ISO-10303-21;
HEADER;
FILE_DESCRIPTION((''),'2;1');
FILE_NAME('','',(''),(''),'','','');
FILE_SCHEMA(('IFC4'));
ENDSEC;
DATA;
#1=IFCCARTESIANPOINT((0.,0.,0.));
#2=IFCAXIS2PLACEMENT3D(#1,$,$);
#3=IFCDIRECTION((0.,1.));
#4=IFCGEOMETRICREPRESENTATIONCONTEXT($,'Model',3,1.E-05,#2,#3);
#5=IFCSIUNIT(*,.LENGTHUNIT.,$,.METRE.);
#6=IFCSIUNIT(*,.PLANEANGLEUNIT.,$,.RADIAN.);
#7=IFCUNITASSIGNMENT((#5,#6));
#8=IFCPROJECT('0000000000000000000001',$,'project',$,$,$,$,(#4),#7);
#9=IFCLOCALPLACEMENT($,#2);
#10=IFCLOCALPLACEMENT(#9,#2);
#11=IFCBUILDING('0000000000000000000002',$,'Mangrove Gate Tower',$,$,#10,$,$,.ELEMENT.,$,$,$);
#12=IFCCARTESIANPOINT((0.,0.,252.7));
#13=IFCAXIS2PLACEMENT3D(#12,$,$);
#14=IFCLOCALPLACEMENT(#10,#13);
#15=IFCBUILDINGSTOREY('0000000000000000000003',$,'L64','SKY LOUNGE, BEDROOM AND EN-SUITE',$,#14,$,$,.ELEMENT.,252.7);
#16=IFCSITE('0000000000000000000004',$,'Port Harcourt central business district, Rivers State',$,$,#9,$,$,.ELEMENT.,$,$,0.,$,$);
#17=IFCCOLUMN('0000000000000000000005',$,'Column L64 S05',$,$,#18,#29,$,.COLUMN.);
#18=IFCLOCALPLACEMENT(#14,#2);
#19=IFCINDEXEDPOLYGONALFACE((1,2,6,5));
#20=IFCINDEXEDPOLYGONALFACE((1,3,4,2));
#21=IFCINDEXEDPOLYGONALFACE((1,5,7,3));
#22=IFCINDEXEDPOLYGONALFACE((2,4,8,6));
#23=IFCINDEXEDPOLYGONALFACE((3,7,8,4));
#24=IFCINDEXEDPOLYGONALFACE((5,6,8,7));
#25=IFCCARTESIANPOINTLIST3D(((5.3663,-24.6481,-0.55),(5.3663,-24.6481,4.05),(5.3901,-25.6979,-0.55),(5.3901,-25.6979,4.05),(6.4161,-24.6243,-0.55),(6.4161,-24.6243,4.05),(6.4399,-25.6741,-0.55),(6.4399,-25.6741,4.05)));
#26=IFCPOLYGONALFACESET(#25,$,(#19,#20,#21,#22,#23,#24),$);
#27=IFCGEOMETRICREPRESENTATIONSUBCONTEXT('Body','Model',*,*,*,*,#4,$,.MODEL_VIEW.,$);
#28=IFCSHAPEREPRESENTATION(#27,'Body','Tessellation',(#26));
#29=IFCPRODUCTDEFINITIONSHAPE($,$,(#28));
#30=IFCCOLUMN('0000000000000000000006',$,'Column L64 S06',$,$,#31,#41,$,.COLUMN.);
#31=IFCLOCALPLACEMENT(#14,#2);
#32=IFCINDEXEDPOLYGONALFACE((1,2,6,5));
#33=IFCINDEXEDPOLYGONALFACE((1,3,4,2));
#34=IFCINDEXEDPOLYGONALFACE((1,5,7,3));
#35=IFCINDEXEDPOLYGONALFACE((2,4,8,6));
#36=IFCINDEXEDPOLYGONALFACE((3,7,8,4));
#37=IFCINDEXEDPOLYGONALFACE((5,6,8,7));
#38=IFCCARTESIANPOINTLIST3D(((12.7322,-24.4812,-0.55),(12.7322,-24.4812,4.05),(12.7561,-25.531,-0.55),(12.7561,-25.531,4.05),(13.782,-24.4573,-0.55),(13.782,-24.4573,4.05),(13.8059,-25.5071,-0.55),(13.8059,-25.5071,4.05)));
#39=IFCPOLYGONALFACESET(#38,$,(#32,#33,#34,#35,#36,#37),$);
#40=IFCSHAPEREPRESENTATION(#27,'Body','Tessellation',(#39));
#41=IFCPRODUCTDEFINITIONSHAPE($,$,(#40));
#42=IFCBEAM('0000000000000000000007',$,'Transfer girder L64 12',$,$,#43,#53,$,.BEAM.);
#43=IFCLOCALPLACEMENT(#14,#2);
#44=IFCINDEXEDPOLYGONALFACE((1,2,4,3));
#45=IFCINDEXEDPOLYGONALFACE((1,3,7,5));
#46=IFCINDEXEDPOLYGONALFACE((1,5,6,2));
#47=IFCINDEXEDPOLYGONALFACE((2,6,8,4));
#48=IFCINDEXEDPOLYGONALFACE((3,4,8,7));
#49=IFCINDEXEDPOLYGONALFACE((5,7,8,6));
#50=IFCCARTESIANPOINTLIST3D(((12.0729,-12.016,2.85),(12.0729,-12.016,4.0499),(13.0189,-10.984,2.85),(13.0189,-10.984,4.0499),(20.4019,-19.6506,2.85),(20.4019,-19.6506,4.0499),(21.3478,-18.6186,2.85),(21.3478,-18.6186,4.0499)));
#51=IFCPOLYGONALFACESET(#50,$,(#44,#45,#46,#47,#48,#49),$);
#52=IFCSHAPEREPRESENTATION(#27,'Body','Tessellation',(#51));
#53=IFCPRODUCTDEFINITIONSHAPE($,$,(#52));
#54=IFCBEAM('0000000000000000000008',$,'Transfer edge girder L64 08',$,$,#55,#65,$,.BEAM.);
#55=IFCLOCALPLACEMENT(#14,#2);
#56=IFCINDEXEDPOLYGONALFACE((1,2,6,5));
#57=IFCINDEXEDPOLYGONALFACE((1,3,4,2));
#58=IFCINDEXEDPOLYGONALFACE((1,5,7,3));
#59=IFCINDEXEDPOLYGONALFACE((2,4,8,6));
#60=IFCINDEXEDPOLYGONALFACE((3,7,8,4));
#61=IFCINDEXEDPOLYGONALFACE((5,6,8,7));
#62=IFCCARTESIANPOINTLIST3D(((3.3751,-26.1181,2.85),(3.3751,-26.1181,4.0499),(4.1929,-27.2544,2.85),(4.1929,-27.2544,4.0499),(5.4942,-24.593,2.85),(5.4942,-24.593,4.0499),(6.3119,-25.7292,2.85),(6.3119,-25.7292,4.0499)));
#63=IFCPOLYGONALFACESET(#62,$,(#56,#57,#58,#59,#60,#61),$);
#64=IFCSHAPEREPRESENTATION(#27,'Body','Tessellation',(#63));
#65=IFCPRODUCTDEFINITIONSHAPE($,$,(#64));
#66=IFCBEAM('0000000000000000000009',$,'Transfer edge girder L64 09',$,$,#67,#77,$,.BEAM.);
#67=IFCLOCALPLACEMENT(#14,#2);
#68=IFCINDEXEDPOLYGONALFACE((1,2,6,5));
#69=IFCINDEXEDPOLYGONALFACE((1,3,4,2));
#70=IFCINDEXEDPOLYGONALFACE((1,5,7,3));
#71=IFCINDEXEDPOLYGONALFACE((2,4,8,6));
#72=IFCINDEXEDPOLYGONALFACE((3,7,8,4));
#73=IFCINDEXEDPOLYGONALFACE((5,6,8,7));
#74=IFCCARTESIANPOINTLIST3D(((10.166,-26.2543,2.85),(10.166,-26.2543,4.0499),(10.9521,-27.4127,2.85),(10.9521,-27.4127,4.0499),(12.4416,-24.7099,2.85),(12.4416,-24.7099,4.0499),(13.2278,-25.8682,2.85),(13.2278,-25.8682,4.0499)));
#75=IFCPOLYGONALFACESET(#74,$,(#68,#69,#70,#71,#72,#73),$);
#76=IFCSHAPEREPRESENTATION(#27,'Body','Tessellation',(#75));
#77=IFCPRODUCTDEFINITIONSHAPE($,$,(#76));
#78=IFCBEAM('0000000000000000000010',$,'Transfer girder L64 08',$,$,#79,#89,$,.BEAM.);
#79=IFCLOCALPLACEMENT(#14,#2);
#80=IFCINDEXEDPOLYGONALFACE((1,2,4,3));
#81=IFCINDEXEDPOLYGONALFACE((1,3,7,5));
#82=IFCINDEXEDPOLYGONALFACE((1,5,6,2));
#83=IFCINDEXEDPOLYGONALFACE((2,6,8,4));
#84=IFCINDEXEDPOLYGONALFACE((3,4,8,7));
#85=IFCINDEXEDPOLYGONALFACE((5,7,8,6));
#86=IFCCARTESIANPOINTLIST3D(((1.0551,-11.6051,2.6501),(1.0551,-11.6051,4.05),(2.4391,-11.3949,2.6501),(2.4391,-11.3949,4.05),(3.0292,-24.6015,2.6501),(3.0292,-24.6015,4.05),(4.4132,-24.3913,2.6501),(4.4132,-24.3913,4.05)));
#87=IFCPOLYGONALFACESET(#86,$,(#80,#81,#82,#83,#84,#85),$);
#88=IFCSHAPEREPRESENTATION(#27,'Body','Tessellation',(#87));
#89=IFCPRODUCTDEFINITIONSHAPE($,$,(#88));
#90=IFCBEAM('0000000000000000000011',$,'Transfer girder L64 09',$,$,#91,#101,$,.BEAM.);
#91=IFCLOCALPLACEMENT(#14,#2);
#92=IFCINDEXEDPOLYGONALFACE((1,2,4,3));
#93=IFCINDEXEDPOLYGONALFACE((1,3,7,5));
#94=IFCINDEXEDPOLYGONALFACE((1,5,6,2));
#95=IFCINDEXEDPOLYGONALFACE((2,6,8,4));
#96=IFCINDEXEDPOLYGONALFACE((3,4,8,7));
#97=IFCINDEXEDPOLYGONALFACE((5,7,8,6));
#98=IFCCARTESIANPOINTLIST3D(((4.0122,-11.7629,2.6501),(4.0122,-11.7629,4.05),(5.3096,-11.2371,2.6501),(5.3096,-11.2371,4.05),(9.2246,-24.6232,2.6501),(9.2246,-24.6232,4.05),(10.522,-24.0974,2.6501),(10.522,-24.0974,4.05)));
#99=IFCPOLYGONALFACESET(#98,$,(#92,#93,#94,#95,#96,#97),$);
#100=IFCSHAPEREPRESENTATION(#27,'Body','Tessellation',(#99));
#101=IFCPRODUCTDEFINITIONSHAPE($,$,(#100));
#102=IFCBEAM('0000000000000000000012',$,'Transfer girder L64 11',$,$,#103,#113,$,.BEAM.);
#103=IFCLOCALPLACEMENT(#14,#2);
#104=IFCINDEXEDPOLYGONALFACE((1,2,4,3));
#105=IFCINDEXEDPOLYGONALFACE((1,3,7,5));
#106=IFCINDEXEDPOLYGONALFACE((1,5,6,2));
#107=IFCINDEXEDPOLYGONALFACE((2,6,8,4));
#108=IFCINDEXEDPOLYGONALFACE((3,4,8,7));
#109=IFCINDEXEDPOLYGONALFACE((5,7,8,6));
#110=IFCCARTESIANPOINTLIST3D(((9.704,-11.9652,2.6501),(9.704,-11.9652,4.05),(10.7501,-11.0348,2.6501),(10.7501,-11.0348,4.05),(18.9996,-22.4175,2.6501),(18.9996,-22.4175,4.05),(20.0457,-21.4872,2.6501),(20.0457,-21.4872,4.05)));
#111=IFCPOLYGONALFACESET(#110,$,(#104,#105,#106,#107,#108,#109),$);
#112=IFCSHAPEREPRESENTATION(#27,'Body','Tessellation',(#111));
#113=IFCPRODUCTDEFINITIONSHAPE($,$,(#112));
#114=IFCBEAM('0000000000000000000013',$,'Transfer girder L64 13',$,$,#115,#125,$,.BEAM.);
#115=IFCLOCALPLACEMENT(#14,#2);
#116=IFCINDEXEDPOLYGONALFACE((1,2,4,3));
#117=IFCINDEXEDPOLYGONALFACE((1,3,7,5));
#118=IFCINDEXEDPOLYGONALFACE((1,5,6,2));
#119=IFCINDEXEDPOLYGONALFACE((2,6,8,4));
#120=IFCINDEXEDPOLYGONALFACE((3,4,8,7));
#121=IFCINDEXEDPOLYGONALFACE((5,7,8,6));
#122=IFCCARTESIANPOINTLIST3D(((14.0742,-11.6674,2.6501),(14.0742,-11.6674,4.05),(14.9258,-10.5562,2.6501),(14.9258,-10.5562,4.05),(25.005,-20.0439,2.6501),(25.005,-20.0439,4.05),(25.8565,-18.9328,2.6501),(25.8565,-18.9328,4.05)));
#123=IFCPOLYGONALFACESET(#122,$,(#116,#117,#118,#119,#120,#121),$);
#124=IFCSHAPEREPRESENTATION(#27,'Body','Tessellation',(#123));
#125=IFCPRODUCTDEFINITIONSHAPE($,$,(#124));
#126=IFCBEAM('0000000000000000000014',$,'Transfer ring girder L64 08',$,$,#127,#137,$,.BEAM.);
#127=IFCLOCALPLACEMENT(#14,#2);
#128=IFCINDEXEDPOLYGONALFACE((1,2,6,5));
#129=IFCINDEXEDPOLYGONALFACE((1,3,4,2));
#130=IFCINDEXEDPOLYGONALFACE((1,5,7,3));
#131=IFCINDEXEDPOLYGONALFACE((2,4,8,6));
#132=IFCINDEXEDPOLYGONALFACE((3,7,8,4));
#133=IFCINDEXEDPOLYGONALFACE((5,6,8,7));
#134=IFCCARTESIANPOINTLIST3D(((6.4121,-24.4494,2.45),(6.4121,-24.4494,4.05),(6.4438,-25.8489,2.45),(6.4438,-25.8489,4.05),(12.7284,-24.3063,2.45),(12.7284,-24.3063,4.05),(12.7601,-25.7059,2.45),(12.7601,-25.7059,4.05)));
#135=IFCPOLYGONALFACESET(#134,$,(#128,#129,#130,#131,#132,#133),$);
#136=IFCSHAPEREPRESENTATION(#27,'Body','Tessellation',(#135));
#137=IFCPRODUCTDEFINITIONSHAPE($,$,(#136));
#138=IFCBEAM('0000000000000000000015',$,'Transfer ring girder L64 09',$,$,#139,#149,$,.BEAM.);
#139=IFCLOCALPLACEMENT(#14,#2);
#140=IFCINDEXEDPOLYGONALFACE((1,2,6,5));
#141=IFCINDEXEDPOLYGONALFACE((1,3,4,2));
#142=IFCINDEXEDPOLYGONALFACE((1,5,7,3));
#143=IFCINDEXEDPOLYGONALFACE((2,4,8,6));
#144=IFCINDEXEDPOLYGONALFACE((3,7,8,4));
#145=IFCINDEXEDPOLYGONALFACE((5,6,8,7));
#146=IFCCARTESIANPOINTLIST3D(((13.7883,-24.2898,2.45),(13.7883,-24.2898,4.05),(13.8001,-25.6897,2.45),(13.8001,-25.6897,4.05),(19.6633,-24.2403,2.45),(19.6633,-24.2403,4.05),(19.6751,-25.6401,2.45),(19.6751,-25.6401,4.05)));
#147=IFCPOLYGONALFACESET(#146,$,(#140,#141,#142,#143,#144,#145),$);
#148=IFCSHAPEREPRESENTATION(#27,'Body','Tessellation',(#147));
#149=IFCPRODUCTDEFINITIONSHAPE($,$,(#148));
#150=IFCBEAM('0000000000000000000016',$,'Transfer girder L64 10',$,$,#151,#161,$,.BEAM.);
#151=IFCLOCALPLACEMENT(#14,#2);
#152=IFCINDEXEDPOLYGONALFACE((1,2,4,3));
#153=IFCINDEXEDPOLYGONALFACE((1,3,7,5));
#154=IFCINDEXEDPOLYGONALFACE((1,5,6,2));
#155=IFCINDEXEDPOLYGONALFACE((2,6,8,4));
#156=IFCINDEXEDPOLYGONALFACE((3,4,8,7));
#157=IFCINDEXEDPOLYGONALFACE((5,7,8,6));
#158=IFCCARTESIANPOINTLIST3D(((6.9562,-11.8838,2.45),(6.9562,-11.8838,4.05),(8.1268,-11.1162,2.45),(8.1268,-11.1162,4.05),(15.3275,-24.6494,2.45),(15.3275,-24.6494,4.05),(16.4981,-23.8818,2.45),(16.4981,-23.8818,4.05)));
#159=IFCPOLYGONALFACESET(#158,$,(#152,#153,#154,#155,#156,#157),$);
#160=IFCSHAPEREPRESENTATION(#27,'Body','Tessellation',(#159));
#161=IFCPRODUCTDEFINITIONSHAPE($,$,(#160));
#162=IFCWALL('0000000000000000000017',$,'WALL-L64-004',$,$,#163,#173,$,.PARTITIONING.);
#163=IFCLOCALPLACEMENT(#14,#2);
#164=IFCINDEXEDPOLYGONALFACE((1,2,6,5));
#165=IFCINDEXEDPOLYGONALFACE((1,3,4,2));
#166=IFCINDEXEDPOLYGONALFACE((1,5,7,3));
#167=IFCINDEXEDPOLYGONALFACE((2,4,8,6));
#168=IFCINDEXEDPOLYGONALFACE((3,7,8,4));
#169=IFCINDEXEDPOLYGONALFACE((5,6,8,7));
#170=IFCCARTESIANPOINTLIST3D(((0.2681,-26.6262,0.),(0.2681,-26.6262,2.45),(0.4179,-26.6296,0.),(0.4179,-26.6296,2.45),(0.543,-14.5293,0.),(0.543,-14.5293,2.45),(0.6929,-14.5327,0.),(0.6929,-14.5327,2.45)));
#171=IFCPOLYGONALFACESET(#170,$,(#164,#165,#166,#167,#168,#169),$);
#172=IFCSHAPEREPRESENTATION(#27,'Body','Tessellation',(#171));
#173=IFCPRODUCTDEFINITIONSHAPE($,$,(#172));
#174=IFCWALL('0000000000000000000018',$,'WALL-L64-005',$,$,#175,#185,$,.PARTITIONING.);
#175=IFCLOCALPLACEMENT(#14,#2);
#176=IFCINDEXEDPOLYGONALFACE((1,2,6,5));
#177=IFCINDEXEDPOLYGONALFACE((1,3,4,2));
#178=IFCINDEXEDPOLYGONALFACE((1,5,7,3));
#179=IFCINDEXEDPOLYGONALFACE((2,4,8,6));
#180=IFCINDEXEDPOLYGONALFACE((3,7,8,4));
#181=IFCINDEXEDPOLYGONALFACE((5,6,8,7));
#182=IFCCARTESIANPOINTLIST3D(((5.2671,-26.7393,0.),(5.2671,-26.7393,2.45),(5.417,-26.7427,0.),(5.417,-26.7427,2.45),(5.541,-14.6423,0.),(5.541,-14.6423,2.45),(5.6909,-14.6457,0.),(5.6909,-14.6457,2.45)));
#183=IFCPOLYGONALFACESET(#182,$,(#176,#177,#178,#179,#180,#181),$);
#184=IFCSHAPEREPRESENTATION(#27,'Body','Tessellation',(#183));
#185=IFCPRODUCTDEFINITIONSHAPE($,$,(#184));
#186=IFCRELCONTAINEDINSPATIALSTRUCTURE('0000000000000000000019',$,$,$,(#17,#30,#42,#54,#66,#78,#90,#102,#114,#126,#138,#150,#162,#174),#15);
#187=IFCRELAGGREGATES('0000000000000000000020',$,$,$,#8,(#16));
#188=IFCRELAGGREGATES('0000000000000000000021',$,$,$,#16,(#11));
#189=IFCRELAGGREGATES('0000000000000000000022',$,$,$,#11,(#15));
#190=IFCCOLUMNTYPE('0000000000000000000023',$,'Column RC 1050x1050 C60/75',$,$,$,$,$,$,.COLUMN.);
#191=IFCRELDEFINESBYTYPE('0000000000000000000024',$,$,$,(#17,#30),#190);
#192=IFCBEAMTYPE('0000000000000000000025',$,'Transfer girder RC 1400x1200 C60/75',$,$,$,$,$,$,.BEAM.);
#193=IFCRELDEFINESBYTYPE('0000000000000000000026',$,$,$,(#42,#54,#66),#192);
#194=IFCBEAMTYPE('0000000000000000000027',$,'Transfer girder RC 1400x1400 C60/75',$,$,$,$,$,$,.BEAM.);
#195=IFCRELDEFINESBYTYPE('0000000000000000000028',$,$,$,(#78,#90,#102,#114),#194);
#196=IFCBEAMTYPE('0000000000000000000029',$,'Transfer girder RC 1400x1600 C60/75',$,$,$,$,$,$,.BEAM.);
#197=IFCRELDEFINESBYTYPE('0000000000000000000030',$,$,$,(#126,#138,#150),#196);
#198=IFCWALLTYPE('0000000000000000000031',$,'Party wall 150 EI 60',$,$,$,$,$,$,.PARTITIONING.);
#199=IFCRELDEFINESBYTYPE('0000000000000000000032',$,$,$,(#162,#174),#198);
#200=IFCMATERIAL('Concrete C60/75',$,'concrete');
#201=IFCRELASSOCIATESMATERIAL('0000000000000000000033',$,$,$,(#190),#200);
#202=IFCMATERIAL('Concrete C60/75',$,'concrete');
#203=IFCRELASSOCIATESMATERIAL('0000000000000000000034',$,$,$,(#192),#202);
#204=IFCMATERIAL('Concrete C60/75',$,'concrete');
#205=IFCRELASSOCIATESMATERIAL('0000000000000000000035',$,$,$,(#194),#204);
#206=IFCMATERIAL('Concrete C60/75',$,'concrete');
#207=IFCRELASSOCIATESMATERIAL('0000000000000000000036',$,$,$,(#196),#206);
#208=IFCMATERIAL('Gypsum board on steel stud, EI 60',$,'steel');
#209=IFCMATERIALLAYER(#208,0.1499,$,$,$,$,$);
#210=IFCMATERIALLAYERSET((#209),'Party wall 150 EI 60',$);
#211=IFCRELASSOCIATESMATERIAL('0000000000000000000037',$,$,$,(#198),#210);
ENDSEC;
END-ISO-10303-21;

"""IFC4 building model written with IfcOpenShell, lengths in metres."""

from ifc_helpers import new_model, si_unit, direction, frame, frame_2d, origin, origin_2d, place, context, subcontext, project, spatial, rectangle, extrude, material, layer, layer_set, material_profile, profile_set, type_object, element, save


model = new_model("IFC4")

# Units and contexts
model_context = context("Model", 3, precision=1e-05, world=origin(), true_north=direction((0.0, 1.0)))
body_context = subcontext(model_context, "Body", "Model", "MODEL_VIEW")
ifc_project = project(units=[si_unit("LENGTHUNIT", "METRE"), si_unit("PLANEANGLEUNIT", "RADIAN")], contexts=[model_context])

# Site, building, storey
site_placement = place(None, origin())
site = spatial("IfcSite", under=ifc_project, at=site_placement, Name="Port Harcourt central business district, Rivers State", CompositionType="ELEMENT", RefElevation=0.0)
building_placement = place(site_placement, origin())
building = spatial("IfcBuilding", under=site, at=building_placement, Name="Mangrove Gate Tower", CompositionType="ELEMENT")
storey_placement = place(building_placement, frame((0.0, 0.0, 252.7)))
storey = spatial("IfcBuildingStorey", under=building, at=storey_placement, Name="L64", Description="SKY LOUNGE, BEDROOM AND EN-SUITE", CompositionType="ELEMENT", Elevation=252.7)

# Columns
ifc_material_1 = material(Name="Concrete C60/75", Category="concrete")
ifc_material_profile_1 = material_profile(ifc_material_1, rectangle(XDim=1.05, YDim=1.05, at=origin_2d()))
ifc_profile_set_1 = profile_set([ifc_material_profile_1], Name="Concrete C60/75")
column_type = type_object("IfcColumnType", Name="Column RC 1050x1050 C60/75", PredefinedType="COLUMN", material=ifc_profile_set_1)
for number, where, z_axis, x_axis, name in (
    (1, (5.9031, -25.1611, -0.55), (0.0, 0.0, 1.0), (0.999743, 0.022666, 0.0), "Column L64 S05"),
    (2, (13.269, -24.9941, -0.55), (0.0, 0.0, 1.0), (0.999742, 0.022734, 0.0), "Column L64 S06"),
):
    element("IfcColumn", number, at=place(storey_placement, frame(where, z_axis=z_axis, x_axis=x_axis)), inside=storey, type_object=column_type, Name=name, PredefinedType="COLUMN", context=body_context, shape_type="SweptSolid", body=[
        extrude(rectangle(XDim=1.05, YDim=1.05, at=origin_2d()), origin(), (0.0, 0.0, 1.0), 4.6001),
    ])

# Beams
ifc_material_2 = material(Name="Concrete C60/75", Category="concrete")
ifc_material_profile_2 = material_profile(ifc_material_2, rectangle(XDim=1.3999, YDim=1.2, at=origin_2d()))
ifc_profile_set_2 = profile_set([ifc_material_profile_2], Name="Concrete C60/75")
beam_type_1 = type_object("IfcBeamType", Name="Transfer girder RC 1400x1200 C60/75", PredefinedType="BEAM", material=ifc_profile_set_2)
beam_1_placement = place(storey_placement, frame((12.5459, -11.5, 3.45), z_axis=(0.737166, -0.675712, 0.0), x_axis=(0.675712, 0.737166, 0.0)))
element("IfcBeam", 3, at=beam_1_placement, inside=storey, type_object=beam_type_1, Name="Transfer girder L64 12", PredefinedType="BEAM", context=body_context, shape_type="SweptSolid", body=[
    extrude(rectangle(XDim=1.3999, YDim=1.2, at=origin_2d()), origin(), (0.0, 0.0, 1.0), 11.2986),
])
beam_2_placement = place(storey_placement, frame((5.9031, -25.1611, 3.45), z_axis=(-0.81165, -0.584145, 0.0), x_axis=(0.584145, -0.81165, 0.0)))
element("IfcBeam", 4, at=beam_2_placement, inside=storey, type_object=beam_type_1, Name="Transfer edge girder L64 08", PredefinedType="BEAM", context=body_context, shape_type="SweptSolid", body=[
    extrude(rectangle(XDim=1.3999, YDim=1.2, at=origin_2d()), origin(), (0.0, 0.0, 1.0), 2.6108),
])
beam_3_placement = place(storey_placement, frame((12.8347, -25.2891, 3.45), z_axis=(-0.827433, -0.561564, 0.0), x_axis=(0.561564, -0.827433, 0.0)))
element("IfcBeam", 5, at=beam_3_placement, inside=storey, type_object=beam_type_1, Name="Transfer edge girder L64 09", PredefinedType="BEAM", context=body_context, shape_type="SweptSolid", body=[
    extrude(rectangle(XDim=1.3999, YDim=1.2, at=origin_2d()), origin(), (0.0, 0.0, 1.0), 2.7502),
])
ifc_material_3 = material(Name="Concrete C60/75", Category="concrete")
ifc_material_profile_3 = material_profile(ifc_material_3, rectangle(XDim=1.3999, YDim=1.3999, at=origin_2d()))
ifc_profile_set_3 = profile_set([ifc_material_profile_3], Name="Concrete C60/75")
beam_type_2 = type_object("IfcBeamType", Name="Transfer girder RC 1400x1400 C60/75", PredefinedType="BEAM", material=ifc_profile_set_3)
beam_4_placement = place(storey_placement, frame((1.7471, -11.5, 3.3501), z_axis=(0.150176, -0.988659, 0.0), x_axis=(0.988659, 0.150176, 0.0)))
element("IfcBeam", 6, at=beam_4_placement, inside=storey, type_object=beam_type_2, Name="Transfer girder L64 08", PredefinedType="BEAM", context=body_context, shape_type="SweptSolid", body=[
    extrude(rectangle(XDim=1.3999, YDim=1.3999, at=origin_2d()), origin(), (0.0, 0.0, 1.0), 13.1455),
])
beam_5_placement = place(storey_placement, frame((4.6609, -11.5, 3.3501), z_axis=(0.375628, -0.926771, 0.0), x_axis=(0.926771, 0.375628, 0.0)))
element("IfcBeam", 7, at=beam_5_placement, inside=storey, type_object=beam_type_2, Name="Transfer girder L64 09", PredefinedType="BEAM", context=body_context, shape_type="SweptSolid", body=[
    extrude(rectangle(XDim=1.3999, YDim=1.3999, at=origin_2d()), origin(), (0.0, 0.0, 1.0), 13.8765),
])
beam_6_placement = place(storey_placement, frame((10.2271, -11.5, 3.3501), z_axis=(0.664549, -0.747245, 0.0), x_axis=(0.747245, 0.664549, 0.0)))
element("IfcBeam", 8, at=beam_6_placement, inside=storey, type_object=beam_type_2, Name="Transfer girder L64 11", PredefinedType="BEAM", context=body_context, shape_type="SweptSolid", body=[
    extrude(rectangle(XDim=1.3999, YDim=1.3999, at=origin_2d()), origin(), (0.0, 0.0, 1.0), 13.9878),
])
beam_7_placement = place(storey_placement, frame((14.5, -11.1118, 3.3501), z_axis=(0.793736, -0.608262, 0.0), x_axis=(0.608262, 0.793736, 0.0)))
element("IfcBeam", 9, at=beam_7_placement, inside=storey, type_object=beam_type_2, Name="Transfer girder L64 13", PredefinedType="BEAM", context=body_context, shape_type="SweptSolid", body=[
    extrude(rectangle(XDim=1.3999, YDim=1.3999, at=origin_2d()), origin(), (0.0, 0.0, 1.0), 13.7712),
])
ifc_material_4 = material(Name="Concrete C60/75", Category="concrete")
ifc_material_profile_4 = material_profile(ifc_material_4, rectangle(XDim=1.3999, YDim=1.6001, at=origin_2d()))
ifc_profile_set_4 = profile_set([ifc_material_profile_4], Name="Concrete C60/75")
beam_type_3 = type_object("IfcBeamType", Name="Transfer girder RC 1400x1600 C60/75", PredefinedType="BEAM", material=ifc_profile_set_4)
beam_8_placement = place(storey_placement, frame((6.428, -25.1492, 3.25), z_axis=(0.999744, 0.022645, 0.0), x_axis=(-0.022645, 0.999744, 0.0)))
element("IfcBeam", 10, at=beam_8_placement, inside=storey, type_object=beam_type_3, Name="Transfer ring girder L64 08", PredefinedType="BEAM", context=body_context, shape_type="SweptSolid", body=[
    extrude(rectangle(XDim=1.3999, YDim=1.6001, at=origin_2d()), origin(), (0.0, 0.0, 1.0), 6.3179),
])
beam_9_placement = place(storey_placement, frame((13.7942, -24.9897, 3.25), z_axis=(0.999964, 0.008436, 0.0), x_axis=(-0.008436, 0.999964, 0.0)))
element("IfcBeam", 11, at=beam_9_placement, inside=storey, type_object=beam_type_3, Name="Transfer ring girder L64 09", PredefinedType="BEAM", context=body_context, shape_type="SweptSolid", body=[
    extrude(rectangle(XDim=1.3999, YDim=1.6001, at=origin_2d()), origin(), (0.0, 0.0, 1.0), 5.8752),
])
beam_10_placement = place(storey_placement, frame((7.5415, -11.5, 3.25), z_axis=(0.548377, -0.836231, 0.0), x_axis=(0.836231, 0.548377, 0.0)))
element("IfcBeam", 12, at=beam_10_placement, inside=storey, type_object=beam_type_3, Name="Transfer girder L64 10", PredefinedType="BEAM", context=body_context, shape_type="SweptSolid", body=[
    extrude(rectangle(XDim=1.3999, YDim=1.6001, at=origin_2d()), origin(), (0.0, 0.0, 1.0), 15.2656),
])

# Walls
ifc_material_5 = material(Name="Gypsum board on steel stud, EI 60", Category="steel")
ifc_layer_1 = layer(ifc_material_5, 0.1499)
ifc_layer_set_1 = layer_set([ifc_layer_1], Name="Party wall 150 EI 60")
wall_type_1 = type_object("IfcWallType", Name="Party wall 150 EI 60", PredefinedType="PARTITIONING", material=ifc_layer_set_1)
for number, where, z_axis, x_axis, name in (
    (13, (0.343, -26.6279, 0.0), (0.0, 0.0, 1.0), (0.022719, 0.999742, 0.0), "WALL-L64-004"),
    (14, (5.342, -26.741, 0.0), (0.0, 0.0, 1.0), (0.022638, 0.999744, 0.0), "WALL-L64-005"),
):
    element("IfcWall", number, at=place(storey_placement, frame(where, z_axis=z_axis, x_axis=x_axis)), inside=storey, type_object=wall_type_1, Name=name, PredefinedType="PARTITIONING", context=body_context, shape_type="SweptSolid", body=[
        extrude(rectangle(XDim=12.1001, YDim=0.1499, at=frame_2d((6.05, 0.0))), origin(), (0.0, 0.0, 1.0), 2.45),
    ])

save(model, "model.ifc")
